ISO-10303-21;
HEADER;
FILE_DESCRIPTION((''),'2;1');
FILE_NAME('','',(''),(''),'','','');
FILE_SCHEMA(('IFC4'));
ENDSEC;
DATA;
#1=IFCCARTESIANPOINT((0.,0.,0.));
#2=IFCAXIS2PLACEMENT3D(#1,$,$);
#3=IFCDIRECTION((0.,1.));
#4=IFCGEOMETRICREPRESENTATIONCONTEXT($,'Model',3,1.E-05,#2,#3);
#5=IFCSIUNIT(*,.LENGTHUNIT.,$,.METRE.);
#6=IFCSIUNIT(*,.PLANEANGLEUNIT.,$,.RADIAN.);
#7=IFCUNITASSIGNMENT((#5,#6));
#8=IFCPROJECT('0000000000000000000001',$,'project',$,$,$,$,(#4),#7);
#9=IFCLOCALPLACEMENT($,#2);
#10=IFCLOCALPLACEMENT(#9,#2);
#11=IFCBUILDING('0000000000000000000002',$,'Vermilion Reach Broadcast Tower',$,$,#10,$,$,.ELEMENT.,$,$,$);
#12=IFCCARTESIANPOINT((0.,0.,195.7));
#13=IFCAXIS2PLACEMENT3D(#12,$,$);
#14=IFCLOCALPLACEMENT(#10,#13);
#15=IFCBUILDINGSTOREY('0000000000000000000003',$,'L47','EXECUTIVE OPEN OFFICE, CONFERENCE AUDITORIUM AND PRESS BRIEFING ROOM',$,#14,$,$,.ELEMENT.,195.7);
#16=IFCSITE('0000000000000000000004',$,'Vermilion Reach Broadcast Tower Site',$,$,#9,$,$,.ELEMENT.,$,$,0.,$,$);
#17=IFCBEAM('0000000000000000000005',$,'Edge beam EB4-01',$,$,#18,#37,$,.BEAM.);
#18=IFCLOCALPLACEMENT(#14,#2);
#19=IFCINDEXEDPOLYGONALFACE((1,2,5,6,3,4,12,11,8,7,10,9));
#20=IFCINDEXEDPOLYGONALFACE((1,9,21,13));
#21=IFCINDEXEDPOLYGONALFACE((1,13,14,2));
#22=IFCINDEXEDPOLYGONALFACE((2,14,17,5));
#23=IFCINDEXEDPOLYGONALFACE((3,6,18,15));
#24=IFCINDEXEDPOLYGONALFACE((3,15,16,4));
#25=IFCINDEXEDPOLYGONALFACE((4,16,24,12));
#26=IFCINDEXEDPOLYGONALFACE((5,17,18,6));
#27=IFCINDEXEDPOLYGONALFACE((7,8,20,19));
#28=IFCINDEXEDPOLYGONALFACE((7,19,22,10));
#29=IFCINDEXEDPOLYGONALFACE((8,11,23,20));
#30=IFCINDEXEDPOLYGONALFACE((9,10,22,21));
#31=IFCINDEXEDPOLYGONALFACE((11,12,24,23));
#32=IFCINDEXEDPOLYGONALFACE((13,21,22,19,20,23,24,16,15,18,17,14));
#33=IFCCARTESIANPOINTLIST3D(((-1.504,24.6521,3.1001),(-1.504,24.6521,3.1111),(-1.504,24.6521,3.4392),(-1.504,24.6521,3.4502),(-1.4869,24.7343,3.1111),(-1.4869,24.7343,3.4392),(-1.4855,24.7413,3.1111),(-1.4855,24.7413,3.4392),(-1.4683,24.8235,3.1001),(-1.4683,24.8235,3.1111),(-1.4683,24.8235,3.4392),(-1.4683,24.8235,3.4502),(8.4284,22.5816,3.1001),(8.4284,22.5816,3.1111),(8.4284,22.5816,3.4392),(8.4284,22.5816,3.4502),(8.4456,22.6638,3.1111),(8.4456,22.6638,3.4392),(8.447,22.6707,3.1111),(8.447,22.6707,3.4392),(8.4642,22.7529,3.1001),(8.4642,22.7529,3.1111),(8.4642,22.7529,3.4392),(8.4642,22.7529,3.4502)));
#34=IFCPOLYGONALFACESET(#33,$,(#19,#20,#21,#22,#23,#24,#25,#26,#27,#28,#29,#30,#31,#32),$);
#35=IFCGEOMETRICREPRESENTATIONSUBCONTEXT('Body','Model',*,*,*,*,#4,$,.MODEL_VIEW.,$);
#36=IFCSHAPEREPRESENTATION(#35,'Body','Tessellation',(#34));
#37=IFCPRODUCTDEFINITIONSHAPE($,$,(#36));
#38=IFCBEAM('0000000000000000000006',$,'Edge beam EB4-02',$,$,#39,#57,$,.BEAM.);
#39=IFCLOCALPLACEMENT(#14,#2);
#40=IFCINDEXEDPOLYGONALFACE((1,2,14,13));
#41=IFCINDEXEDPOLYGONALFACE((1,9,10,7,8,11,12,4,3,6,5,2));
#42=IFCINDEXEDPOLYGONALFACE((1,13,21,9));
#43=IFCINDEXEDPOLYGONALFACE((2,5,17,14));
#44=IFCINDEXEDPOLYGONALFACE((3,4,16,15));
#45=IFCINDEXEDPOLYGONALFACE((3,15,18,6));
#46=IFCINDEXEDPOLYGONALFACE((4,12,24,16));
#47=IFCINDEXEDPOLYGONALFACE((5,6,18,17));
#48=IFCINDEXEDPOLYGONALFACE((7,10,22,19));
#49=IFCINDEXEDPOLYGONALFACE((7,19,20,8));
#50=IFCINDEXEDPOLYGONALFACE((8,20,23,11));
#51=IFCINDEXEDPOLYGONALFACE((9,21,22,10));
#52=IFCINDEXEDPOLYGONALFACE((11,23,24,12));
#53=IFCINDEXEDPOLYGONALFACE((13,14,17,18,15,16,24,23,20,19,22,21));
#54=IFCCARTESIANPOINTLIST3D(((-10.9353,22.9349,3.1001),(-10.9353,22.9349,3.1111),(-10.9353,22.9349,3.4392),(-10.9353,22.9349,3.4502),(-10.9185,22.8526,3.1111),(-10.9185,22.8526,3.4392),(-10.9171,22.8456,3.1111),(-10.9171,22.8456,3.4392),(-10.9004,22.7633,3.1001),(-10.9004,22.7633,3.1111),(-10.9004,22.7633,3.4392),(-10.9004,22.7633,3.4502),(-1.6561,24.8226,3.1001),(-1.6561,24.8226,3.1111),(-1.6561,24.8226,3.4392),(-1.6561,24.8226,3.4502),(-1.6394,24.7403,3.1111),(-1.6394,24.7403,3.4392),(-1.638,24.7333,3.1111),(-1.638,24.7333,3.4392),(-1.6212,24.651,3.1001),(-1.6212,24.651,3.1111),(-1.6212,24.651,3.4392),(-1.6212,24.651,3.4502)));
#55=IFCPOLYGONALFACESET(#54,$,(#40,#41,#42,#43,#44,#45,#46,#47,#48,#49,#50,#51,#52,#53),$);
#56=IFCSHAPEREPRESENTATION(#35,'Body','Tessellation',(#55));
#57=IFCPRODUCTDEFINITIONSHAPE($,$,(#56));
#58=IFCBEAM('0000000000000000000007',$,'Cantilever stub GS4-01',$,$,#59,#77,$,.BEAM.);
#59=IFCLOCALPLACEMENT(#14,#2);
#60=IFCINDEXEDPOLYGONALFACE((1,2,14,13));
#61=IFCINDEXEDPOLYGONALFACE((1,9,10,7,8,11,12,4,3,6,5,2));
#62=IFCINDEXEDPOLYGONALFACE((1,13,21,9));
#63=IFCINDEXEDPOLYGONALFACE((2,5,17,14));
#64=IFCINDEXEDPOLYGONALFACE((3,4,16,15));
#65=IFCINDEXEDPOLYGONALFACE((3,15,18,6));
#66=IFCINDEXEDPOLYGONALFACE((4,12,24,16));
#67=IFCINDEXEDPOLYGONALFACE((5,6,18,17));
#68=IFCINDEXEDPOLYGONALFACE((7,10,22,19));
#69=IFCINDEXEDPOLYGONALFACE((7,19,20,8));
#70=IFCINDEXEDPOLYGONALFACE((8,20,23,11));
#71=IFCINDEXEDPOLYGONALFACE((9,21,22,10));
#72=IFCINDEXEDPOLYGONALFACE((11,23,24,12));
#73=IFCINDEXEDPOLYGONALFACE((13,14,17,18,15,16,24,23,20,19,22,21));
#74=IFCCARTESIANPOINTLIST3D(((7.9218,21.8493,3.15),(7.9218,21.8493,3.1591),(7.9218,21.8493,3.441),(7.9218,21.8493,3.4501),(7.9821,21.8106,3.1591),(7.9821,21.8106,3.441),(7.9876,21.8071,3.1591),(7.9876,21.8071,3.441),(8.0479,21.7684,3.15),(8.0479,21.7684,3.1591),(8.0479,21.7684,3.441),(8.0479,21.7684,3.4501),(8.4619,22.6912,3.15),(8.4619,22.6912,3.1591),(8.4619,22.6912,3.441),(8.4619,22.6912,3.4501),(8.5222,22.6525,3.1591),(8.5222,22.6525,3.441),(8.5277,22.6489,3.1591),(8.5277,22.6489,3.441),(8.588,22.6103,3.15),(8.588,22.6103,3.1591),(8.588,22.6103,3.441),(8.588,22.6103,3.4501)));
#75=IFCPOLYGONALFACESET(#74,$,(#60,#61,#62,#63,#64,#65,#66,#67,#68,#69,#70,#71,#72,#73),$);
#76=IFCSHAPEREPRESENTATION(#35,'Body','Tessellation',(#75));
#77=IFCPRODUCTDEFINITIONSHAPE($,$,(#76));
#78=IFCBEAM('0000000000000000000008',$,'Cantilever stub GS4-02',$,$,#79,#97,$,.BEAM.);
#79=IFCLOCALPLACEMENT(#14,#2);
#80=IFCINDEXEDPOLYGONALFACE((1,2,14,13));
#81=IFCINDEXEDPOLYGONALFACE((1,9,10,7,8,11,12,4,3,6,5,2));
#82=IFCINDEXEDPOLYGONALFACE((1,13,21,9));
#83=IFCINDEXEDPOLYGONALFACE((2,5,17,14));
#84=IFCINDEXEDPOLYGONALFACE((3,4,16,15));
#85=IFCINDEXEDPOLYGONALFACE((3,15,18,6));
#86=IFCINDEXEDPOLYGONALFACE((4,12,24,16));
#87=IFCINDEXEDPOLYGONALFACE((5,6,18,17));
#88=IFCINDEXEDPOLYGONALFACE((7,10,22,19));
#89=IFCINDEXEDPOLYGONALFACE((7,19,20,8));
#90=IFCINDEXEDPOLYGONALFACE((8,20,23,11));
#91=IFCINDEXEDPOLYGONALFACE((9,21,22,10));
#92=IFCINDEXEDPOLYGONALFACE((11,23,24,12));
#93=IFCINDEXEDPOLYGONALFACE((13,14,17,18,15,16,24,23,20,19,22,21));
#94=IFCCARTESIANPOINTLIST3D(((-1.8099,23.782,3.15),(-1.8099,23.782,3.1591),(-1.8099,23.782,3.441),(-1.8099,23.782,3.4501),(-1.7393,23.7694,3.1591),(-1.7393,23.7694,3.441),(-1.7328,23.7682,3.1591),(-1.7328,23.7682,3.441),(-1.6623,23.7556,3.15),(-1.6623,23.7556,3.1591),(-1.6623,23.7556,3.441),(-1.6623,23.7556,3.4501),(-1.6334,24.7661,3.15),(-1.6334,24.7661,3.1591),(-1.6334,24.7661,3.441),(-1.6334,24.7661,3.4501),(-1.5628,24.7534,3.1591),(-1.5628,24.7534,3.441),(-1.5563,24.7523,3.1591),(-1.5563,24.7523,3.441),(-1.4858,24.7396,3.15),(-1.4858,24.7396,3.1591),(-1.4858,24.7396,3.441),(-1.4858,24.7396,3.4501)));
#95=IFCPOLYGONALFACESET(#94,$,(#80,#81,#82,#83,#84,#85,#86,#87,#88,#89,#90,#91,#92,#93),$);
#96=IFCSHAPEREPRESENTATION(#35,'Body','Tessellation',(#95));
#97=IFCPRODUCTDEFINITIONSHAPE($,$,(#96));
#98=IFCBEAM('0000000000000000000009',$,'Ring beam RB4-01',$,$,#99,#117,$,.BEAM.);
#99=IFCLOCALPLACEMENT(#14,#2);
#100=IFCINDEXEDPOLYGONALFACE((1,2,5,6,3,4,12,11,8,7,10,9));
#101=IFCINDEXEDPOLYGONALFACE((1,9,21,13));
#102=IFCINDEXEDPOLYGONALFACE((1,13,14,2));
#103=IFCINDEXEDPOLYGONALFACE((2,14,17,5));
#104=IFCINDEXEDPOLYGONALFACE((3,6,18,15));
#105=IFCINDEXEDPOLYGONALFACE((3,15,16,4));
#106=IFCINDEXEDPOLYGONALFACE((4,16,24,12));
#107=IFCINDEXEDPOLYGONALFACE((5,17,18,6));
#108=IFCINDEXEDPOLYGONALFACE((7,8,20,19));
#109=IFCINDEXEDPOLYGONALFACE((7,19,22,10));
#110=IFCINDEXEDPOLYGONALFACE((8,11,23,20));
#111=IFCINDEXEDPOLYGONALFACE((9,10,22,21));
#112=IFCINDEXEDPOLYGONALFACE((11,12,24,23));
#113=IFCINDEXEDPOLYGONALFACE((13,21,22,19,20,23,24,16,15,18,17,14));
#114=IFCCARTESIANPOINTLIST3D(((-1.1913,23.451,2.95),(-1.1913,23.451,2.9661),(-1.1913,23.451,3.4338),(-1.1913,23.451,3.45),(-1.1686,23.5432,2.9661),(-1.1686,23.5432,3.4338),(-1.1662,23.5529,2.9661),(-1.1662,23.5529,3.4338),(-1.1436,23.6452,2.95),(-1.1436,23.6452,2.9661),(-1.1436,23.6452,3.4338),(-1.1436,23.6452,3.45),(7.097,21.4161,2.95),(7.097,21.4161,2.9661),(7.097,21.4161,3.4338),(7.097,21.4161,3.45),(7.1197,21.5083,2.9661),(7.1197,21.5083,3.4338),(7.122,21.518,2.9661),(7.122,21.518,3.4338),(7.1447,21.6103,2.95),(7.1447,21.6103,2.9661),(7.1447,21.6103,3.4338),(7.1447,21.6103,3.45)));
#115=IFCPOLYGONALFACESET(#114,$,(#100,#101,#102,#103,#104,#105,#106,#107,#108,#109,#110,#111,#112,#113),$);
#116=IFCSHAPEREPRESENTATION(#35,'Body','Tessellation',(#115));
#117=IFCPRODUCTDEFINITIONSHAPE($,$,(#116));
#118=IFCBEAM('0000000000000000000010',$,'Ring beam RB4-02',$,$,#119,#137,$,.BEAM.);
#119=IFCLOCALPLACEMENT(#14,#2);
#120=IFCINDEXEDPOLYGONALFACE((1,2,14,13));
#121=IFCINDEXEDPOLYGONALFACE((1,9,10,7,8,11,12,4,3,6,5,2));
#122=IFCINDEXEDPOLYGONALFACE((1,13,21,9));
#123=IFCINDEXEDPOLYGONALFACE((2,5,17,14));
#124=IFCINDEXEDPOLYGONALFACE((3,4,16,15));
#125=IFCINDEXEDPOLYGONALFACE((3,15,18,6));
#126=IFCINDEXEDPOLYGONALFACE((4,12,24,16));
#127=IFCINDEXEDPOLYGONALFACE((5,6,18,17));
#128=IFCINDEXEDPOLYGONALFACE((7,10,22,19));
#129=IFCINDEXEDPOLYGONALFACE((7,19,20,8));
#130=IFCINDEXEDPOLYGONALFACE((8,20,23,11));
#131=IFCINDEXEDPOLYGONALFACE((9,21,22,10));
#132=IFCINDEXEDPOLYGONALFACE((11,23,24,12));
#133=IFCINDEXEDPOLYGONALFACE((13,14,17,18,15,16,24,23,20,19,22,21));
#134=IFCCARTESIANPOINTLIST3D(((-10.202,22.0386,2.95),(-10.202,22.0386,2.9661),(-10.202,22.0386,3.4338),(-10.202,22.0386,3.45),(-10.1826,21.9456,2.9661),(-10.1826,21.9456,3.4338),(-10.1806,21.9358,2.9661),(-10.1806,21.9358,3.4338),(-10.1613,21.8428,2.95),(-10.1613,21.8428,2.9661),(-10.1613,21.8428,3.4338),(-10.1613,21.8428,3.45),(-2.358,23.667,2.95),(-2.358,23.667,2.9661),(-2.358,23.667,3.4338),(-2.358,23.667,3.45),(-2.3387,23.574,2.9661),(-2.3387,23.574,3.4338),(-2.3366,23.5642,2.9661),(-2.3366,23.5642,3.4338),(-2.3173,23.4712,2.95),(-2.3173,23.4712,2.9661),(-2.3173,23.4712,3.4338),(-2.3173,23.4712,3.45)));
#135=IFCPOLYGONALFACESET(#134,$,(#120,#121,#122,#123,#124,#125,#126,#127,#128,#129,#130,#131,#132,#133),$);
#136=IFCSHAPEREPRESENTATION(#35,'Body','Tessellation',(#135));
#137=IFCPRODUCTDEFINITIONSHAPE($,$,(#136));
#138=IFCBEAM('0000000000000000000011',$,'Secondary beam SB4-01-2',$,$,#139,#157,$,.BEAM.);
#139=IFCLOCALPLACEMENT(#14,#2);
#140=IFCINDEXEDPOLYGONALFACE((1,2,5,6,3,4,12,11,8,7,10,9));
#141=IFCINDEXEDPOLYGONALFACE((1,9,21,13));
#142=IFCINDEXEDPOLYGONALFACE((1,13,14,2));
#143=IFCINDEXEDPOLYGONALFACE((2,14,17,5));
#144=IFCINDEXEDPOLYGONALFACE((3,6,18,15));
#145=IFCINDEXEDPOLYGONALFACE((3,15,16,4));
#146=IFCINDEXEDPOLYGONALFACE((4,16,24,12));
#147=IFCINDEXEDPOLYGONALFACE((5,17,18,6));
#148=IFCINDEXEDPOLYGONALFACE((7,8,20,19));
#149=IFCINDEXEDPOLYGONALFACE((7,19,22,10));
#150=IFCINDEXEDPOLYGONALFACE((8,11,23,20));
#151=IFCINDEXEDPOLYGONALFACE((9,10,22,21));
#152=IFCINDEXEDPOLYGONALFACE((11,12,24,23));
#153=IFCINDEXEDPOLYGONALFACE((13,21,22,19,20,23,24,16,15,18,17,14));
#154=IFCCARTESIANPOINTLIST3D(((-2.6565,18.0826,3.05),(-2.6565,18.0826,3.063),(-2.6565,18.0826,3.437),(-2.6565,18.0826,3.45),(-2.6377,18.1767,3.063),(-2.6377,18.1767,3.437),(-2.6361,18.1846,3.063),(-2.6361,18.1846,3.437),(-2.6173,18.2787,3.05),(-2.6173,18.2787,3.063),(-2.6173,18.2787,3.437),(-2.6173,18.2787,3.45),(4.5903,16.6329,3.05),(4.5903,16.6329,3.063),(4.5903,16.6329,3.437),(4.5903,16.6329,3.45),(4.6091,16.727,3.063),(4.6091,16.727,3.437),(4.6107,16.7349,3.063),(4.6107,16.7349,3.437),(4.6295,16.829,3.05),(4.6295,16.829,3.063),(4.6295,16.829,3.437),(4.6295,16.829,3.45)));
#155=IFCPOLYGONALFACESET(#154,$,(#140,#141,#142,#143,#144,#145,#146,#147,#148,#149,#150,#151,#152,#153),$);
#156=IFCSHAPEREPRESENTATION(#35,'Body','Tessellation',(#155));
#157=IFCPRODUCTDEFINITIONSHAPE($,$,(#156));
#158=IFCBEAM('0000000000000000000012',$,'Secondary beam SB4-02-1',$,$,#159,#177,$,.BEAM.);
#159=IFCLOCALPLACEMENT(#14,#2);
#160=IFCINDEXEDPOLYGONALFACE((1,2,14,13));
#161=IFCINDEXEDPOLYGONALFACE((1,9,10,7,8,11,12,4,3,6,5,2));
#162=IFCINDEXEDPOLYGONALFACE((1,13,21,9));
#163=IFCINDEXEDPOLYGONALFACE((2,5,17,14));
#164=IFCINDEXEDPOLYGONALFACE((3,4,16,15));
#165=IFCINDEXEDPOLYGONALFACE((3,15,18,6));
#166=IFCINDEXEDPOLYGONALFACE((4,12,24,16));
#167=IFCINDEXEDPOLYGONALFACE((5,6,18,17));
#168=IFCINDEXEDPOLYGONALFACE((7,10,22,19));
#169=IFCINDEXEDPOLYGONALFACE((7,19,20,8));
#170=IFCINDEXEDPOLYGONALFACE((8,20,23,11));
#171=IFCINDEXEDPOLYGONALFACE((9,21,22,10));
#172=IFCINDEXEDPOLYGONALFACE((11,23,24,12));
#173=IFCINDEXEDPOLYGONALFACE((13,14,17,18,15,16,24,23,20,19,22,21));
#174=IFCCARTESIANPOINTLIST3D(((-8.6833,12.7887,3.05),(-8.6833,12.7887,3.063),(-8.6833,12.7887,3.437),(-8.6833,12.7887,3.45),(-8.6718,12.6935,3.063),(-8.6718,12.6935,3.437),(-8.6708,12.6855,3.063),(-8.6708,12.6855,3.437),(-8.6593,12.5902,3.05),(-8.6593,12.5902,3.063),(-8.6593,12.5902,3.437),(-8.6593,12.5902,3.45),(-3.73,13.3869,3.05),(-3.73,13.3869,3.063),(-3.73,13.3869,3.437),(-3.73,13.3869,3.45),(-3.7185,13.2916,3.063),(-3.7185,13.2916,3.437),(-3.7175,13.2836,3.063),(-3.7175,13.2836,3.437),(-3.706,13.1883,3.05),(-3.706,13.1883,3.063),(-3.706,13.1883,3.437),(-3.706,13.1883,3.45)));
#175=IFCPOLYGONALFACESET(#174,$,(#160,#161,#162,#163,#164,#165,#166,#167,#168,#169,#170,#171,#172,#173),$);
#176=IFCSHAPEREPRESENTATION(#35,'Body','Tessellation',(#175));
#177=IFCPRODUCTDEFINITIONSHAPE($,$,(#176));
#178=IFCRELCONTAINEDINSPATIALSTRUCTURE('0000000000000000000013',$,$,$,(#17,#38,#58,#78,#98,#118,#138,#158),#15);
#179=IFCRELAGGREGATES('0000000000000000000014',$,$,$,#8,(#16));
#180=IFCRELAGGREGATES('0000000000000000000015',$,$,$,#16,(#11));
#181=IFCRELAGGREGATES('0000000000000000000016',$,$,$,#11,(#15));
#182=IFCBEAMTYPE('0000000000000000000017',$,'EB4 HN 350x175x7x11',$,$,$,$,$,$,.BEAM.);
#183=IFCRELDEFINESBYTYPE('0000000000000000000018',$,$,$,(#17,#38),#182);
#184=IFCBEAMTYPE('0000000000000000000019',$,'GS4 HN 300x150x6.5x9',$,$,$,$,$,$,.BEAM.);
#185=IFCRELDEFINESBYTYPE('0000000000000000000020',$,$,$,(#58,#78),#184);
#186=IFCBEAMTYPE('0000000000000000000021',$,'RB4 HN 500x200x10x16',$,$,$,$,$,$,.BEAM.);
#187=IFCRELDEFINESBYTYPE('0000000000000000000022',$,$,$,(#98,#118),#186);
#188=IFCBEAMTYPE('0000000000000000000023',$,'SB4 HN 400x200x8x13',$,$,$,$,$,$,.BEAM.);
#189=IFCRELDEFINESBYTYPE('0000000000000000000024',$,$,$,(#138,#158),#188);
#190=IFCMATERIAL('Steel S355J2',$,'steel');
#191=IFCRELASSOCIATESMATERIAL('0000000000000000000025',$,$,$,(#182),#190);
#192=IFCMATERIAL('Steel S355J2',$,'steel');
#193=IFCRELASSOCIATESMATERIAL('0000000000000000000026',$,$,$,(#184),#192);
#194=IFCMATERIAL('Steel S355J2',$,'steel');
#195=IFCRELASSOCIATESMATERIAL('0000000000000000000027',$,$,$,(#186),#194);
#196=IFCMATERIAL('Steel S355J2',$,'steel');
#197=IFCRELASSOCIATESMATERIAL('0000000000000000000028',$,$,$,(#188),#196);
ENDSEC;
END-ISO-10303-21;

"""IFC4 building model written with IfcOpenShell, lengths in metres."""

from ifc_helpers import new_model, si_unit, direction, frame, origin, origin_2d, place, context, subcontext, project, spatial, i_section, extrude, material, material_profile, profile_set, type_object, element, save


model = new_model("IFC4")

# Units and contexts
model_context = context("Model", 3, precision=1e-05, world=origin(), true_north=direction((0.0, 1.0)))
body_context = subcontext(model_context, "Body", "Model", "MODEL_VIEW")
ifc_project = project(units=[si_unit("LENGTHUNIT", "METRE"), si_unit("PLANEANGLEUNIT", "RADIAN")], contexts=[model_context])

# Site, building, storey
site_placement = place(None, origin())
site = spatial("IfcSite", under=ifc_project, at=site_placement, Name="Vermilion Reach Broadcast Tower Site", CompositionType="ELEMENT", RefElevation=0.0)
building_placement = place(site_placement, origin())
building = spatial("IfcBuilding", under=site, at=building_placement, Name="Vermilion Reach Broadcast Tower", CompositionType="ELEMENT")
storey_placement = place(building_placement, frame((0.0, 0.0, 195.7)))
storey = spatial("IfcBuildingStorey", under=building, at=storey_placement, Name="L47", Description="EXECUTIVE OPEN OFFICE, CONFERENCE AUDITORIUM AND PRESS BRIEFING ROOM", CompositionType="ELEMENT", Elevation=195.7)

# Beams
ifc_material_1 = material(Name="Steel S355J2", Category="steel")
ifc_material_profile_1 = material_profile(ifc_material_1, i_section(OverallWidth=0.175, OverallDepth=0.3501, WebThickness=0.0071, FlangeThickness=0.011, at=origin_2d()), Name="S355J2 HN 350x175x7x11")
ifc_profile_set_1 = profile_set([ifc_material_profile_1], Name="Steel S355J2")
beam_type_1 = type_object("IfcBeamType", Name="EB4 HN 350x175x7x11", PredefinedType="BEAM", material=ifc_profile_set_1)
beam_1_placement = place(storey_placement, frame((8.4463, 22.6672, 3.2751), z_axis=(-0.978955, 0.204078, 0.0), x_axis=(-0.204078, -0.978955, 0.0)))
element("IfcBeam", 1, at=beam_1_placement, inside=storey, type_object=beam_type_1, Name="Edge beam EB4-01", PredefinedType="BEAM", context=body_context, shape_type="SweptSolid", body=[
    extrude(i_section(OverallWidth=0.175, OverallDepth=0.3501, WebThickness=0.0071, FlangeThickness=0.011, at=origin_2d()), origin(), (0.0, 0.0, 1.0), 10.146),
])
beam_2_placement = place(storey_placement, frame((-1.6387, 24.7368, 3.2751), z_axis=(-0.979928, -0.199353, 0.0), x_axis=(0.199353, -0.979928, 0.0)))
element("IfcBeam", 2, at=beam_2_placement, inside=storey, type_object=beam_type_1, Name="Edge beam EB4-02", PredefinedType="BEAM", context=body_context, shape_type="SweptSolid", body=[
    extrude(i_section(OverallWidth=0.175, OverallDepth=0.3501, WebThickness=0.0071, FlangeThickness=0.011, at=origin_2d()), origin(), (0.0, 0.0, 1.0), 9.4692),
])
ifc_material_2 = material(Name="Steel S355J2", Category="steel")
ifc_material_profile_2 = material_profile(ifc_material_2, i_section(OverallWidth=0.1499, OverallDepth=0.3, WebThickness=0.0066, FlangeThickness=0.009, at=origin_2d()), Name="S355J2 HN 300x150x6.5x9")
ifc_profile_set_2 = profile_set([ifc_material_profile_2], Name="Steel S355J2")
beam_type_2 = type_object("IfcBeamType", Name="GS4 HN 300x150x6.5x9", PredefinedType="BEAM", material=ifc_profile_set_2)
beam_3_placement = place(storey_placement, frame((7.9849, 21.8088, 3.3), z_axis=(0.539968, 0.841686, 0.0), x_axis=(-0.841686, 0.539968, 0.0)))
element("IfcBeam", 3, at=beam_3_placement, inside=storey, type_object=beam_type_2, Name="Cantilever stub GS4-01", PredefinedType="BEAM", context=body_context, shape_type="SweptSolid", body=[
    extrude(i_section(OverallWidth=0.1499, OverallDepth=0.3, WebThickness=0.0066, FlangeThickness=0.009, at=origin_2d()), origin(), (0.0, 0.0, 1.0), 1.0002),
])
beam_4_placement = place(storey_placement, frame((-1.7361, 23.7688, 3.3), z_axis=(0.176543, 0.984293, 0.0), x_axis=(-0.984293, 0.176543, 0.0)))
element("IfcBeam", 4, at=beam_4_placement, inside=storey, type_object=beam_type_2, Name="Cantilever stub GS4-02", PredefinedType="BEAM", context=body_context, shape_type="SweptSolid", body=[
    extrude(i_section(OverallWidth=0.1499, OverallDepth=0.3, WebThickness=0.0066, FlangeThickness=0.009, at=origin_2d()), origin(), (0.0, 0.0, 1.0), 0.9998),
])
ifc_material_3 = material(Name="Steel S355J2", Category="steel")
ifc_material_profile_3 = material_profile(ifc_material_3, i_section(OverallWidth=0.2, OverallDepth=0.5, WebThickness=0.01, FlangeThickness=0.0161, at=origin_2d()), Name="S355J2 HN 500x200x10x16")
ifc_profile_set_3 = profile_set([ifc_material_profile_3], Name="Steel S355J2")
beam_type_3 = type_object("IfcBeamType", Name="RB4 HN 500x200x10x16", PredefinedType="BEAM", material=ifc_profile_set_3)
beam_5_placement = place(storey_placement, frame((7.1208, 21.5132, 3.2), z_axis=(-0.971159, 0.238434, 0.0), x_axis=(-0.238434, -0.971159, 0.0)))
element("IfcBeam", 5, at=beam_5_placement, inside=storey, type_object=beam_type_3, Name="Ring beam RB4-01", PredefinedType="BEAM", context=body_context, shape_type="SweptSolid", body=[
    extrude(i_section(OverallWidth=0.2, OverallDepth=0.5, WebThickness=0.01, FlangeThickness=0.0161, at=origin_2d()), origin(), (0.0, 0.0, 1.0), 8.5344),
])
beam_6_placement = place(storey_placement, frame((-2.3376, 23.5691, 3.2), z_axis=(-0.979123, -0.203267, 0.0), x_axis=(0.203267, -0.979123, 0.0)))
element("IfcBeam", 6, at=beam_6_placement, inside=storey, type_object=beam_type_3, Name="Ring beam RB4-02", PredefinedType="BEAM", context=body_context, shape_type="SweptSolid", body=[
    extrude(i_section(OverallWidth=0.2, OverallDepth=0.5, WebThickness=0.01, FlangeThickness=0.0161, at=origin_2d()), origin(), (0.0, 0.0, 1.0), 8.0112),
])
ifc_material_4 = material(Name="Steel S355J2", Category="steel")
ifc_material_profile_4 = material_profile(ifc_material_4, i_section(OverallWidth=0.2, OverallDepth=0.3999, WebThickness=0.0081, FlangeThickness=0.0129, at=origin_2d()), Name="S355J2 HN 400x200x8x13")
ifc_profile_set_4 = profile_set([ifc_material_profile_4], Name="Steel S355J2")
beam_type_4 = type_object("IfcBeamType", Name="SB4 HN 400x200x8x13", PredefinedType="BEAM", material=ifc_profile_set_4)
beam_7_placement = place(storey_placement, frame((4.6099, 16.731, 3.25), z_axis=(-0.980572, 0.196161, 0.0), x_axis=(-0.196161, -0.980572, 0.0)))
element("IfcBeam", 7, at=beam_7_placement, inside=storey, type_object=beam_type_4, Name="Secondary beam SB4-01-2", PredefinedType="BEAM", context=body_context, shape_type="SweptSolid", body=[
    extrude(i_section(OverallWidth=0.2, OverallDepth=0.3999, WebThickness=0.0081, FlangeThickness=0.0129, at=origin_2d()), origin(), (0.0, 0.0, 1.0), 7.3904),
])
beam_8_placement = place(storey_placement, frame((-3.718, 13.2876, 3.25), z_axis=(-0.992788, -0.119884, 0.0), x_axis=(0.119884, -0.992788, 0.0)))
element("IfcBeam", 8, at=beam_8_placement, inside=storey, type_object=beam_type_4, Name="Secondary beam SB4-02-1", PredefinedType="BEAM", context=body_context, shape_type="SweptSolid", body=[
    extrude(i_section(OverallWidth=0.2, OverallDepth=0.3999, WebThickness=0.0081, FlangeThickness=0.0129, at=origin_2d()), origin(), (0.0, 0.0, 1.0), 4.9893),
])

save(model, "model.ifc")
